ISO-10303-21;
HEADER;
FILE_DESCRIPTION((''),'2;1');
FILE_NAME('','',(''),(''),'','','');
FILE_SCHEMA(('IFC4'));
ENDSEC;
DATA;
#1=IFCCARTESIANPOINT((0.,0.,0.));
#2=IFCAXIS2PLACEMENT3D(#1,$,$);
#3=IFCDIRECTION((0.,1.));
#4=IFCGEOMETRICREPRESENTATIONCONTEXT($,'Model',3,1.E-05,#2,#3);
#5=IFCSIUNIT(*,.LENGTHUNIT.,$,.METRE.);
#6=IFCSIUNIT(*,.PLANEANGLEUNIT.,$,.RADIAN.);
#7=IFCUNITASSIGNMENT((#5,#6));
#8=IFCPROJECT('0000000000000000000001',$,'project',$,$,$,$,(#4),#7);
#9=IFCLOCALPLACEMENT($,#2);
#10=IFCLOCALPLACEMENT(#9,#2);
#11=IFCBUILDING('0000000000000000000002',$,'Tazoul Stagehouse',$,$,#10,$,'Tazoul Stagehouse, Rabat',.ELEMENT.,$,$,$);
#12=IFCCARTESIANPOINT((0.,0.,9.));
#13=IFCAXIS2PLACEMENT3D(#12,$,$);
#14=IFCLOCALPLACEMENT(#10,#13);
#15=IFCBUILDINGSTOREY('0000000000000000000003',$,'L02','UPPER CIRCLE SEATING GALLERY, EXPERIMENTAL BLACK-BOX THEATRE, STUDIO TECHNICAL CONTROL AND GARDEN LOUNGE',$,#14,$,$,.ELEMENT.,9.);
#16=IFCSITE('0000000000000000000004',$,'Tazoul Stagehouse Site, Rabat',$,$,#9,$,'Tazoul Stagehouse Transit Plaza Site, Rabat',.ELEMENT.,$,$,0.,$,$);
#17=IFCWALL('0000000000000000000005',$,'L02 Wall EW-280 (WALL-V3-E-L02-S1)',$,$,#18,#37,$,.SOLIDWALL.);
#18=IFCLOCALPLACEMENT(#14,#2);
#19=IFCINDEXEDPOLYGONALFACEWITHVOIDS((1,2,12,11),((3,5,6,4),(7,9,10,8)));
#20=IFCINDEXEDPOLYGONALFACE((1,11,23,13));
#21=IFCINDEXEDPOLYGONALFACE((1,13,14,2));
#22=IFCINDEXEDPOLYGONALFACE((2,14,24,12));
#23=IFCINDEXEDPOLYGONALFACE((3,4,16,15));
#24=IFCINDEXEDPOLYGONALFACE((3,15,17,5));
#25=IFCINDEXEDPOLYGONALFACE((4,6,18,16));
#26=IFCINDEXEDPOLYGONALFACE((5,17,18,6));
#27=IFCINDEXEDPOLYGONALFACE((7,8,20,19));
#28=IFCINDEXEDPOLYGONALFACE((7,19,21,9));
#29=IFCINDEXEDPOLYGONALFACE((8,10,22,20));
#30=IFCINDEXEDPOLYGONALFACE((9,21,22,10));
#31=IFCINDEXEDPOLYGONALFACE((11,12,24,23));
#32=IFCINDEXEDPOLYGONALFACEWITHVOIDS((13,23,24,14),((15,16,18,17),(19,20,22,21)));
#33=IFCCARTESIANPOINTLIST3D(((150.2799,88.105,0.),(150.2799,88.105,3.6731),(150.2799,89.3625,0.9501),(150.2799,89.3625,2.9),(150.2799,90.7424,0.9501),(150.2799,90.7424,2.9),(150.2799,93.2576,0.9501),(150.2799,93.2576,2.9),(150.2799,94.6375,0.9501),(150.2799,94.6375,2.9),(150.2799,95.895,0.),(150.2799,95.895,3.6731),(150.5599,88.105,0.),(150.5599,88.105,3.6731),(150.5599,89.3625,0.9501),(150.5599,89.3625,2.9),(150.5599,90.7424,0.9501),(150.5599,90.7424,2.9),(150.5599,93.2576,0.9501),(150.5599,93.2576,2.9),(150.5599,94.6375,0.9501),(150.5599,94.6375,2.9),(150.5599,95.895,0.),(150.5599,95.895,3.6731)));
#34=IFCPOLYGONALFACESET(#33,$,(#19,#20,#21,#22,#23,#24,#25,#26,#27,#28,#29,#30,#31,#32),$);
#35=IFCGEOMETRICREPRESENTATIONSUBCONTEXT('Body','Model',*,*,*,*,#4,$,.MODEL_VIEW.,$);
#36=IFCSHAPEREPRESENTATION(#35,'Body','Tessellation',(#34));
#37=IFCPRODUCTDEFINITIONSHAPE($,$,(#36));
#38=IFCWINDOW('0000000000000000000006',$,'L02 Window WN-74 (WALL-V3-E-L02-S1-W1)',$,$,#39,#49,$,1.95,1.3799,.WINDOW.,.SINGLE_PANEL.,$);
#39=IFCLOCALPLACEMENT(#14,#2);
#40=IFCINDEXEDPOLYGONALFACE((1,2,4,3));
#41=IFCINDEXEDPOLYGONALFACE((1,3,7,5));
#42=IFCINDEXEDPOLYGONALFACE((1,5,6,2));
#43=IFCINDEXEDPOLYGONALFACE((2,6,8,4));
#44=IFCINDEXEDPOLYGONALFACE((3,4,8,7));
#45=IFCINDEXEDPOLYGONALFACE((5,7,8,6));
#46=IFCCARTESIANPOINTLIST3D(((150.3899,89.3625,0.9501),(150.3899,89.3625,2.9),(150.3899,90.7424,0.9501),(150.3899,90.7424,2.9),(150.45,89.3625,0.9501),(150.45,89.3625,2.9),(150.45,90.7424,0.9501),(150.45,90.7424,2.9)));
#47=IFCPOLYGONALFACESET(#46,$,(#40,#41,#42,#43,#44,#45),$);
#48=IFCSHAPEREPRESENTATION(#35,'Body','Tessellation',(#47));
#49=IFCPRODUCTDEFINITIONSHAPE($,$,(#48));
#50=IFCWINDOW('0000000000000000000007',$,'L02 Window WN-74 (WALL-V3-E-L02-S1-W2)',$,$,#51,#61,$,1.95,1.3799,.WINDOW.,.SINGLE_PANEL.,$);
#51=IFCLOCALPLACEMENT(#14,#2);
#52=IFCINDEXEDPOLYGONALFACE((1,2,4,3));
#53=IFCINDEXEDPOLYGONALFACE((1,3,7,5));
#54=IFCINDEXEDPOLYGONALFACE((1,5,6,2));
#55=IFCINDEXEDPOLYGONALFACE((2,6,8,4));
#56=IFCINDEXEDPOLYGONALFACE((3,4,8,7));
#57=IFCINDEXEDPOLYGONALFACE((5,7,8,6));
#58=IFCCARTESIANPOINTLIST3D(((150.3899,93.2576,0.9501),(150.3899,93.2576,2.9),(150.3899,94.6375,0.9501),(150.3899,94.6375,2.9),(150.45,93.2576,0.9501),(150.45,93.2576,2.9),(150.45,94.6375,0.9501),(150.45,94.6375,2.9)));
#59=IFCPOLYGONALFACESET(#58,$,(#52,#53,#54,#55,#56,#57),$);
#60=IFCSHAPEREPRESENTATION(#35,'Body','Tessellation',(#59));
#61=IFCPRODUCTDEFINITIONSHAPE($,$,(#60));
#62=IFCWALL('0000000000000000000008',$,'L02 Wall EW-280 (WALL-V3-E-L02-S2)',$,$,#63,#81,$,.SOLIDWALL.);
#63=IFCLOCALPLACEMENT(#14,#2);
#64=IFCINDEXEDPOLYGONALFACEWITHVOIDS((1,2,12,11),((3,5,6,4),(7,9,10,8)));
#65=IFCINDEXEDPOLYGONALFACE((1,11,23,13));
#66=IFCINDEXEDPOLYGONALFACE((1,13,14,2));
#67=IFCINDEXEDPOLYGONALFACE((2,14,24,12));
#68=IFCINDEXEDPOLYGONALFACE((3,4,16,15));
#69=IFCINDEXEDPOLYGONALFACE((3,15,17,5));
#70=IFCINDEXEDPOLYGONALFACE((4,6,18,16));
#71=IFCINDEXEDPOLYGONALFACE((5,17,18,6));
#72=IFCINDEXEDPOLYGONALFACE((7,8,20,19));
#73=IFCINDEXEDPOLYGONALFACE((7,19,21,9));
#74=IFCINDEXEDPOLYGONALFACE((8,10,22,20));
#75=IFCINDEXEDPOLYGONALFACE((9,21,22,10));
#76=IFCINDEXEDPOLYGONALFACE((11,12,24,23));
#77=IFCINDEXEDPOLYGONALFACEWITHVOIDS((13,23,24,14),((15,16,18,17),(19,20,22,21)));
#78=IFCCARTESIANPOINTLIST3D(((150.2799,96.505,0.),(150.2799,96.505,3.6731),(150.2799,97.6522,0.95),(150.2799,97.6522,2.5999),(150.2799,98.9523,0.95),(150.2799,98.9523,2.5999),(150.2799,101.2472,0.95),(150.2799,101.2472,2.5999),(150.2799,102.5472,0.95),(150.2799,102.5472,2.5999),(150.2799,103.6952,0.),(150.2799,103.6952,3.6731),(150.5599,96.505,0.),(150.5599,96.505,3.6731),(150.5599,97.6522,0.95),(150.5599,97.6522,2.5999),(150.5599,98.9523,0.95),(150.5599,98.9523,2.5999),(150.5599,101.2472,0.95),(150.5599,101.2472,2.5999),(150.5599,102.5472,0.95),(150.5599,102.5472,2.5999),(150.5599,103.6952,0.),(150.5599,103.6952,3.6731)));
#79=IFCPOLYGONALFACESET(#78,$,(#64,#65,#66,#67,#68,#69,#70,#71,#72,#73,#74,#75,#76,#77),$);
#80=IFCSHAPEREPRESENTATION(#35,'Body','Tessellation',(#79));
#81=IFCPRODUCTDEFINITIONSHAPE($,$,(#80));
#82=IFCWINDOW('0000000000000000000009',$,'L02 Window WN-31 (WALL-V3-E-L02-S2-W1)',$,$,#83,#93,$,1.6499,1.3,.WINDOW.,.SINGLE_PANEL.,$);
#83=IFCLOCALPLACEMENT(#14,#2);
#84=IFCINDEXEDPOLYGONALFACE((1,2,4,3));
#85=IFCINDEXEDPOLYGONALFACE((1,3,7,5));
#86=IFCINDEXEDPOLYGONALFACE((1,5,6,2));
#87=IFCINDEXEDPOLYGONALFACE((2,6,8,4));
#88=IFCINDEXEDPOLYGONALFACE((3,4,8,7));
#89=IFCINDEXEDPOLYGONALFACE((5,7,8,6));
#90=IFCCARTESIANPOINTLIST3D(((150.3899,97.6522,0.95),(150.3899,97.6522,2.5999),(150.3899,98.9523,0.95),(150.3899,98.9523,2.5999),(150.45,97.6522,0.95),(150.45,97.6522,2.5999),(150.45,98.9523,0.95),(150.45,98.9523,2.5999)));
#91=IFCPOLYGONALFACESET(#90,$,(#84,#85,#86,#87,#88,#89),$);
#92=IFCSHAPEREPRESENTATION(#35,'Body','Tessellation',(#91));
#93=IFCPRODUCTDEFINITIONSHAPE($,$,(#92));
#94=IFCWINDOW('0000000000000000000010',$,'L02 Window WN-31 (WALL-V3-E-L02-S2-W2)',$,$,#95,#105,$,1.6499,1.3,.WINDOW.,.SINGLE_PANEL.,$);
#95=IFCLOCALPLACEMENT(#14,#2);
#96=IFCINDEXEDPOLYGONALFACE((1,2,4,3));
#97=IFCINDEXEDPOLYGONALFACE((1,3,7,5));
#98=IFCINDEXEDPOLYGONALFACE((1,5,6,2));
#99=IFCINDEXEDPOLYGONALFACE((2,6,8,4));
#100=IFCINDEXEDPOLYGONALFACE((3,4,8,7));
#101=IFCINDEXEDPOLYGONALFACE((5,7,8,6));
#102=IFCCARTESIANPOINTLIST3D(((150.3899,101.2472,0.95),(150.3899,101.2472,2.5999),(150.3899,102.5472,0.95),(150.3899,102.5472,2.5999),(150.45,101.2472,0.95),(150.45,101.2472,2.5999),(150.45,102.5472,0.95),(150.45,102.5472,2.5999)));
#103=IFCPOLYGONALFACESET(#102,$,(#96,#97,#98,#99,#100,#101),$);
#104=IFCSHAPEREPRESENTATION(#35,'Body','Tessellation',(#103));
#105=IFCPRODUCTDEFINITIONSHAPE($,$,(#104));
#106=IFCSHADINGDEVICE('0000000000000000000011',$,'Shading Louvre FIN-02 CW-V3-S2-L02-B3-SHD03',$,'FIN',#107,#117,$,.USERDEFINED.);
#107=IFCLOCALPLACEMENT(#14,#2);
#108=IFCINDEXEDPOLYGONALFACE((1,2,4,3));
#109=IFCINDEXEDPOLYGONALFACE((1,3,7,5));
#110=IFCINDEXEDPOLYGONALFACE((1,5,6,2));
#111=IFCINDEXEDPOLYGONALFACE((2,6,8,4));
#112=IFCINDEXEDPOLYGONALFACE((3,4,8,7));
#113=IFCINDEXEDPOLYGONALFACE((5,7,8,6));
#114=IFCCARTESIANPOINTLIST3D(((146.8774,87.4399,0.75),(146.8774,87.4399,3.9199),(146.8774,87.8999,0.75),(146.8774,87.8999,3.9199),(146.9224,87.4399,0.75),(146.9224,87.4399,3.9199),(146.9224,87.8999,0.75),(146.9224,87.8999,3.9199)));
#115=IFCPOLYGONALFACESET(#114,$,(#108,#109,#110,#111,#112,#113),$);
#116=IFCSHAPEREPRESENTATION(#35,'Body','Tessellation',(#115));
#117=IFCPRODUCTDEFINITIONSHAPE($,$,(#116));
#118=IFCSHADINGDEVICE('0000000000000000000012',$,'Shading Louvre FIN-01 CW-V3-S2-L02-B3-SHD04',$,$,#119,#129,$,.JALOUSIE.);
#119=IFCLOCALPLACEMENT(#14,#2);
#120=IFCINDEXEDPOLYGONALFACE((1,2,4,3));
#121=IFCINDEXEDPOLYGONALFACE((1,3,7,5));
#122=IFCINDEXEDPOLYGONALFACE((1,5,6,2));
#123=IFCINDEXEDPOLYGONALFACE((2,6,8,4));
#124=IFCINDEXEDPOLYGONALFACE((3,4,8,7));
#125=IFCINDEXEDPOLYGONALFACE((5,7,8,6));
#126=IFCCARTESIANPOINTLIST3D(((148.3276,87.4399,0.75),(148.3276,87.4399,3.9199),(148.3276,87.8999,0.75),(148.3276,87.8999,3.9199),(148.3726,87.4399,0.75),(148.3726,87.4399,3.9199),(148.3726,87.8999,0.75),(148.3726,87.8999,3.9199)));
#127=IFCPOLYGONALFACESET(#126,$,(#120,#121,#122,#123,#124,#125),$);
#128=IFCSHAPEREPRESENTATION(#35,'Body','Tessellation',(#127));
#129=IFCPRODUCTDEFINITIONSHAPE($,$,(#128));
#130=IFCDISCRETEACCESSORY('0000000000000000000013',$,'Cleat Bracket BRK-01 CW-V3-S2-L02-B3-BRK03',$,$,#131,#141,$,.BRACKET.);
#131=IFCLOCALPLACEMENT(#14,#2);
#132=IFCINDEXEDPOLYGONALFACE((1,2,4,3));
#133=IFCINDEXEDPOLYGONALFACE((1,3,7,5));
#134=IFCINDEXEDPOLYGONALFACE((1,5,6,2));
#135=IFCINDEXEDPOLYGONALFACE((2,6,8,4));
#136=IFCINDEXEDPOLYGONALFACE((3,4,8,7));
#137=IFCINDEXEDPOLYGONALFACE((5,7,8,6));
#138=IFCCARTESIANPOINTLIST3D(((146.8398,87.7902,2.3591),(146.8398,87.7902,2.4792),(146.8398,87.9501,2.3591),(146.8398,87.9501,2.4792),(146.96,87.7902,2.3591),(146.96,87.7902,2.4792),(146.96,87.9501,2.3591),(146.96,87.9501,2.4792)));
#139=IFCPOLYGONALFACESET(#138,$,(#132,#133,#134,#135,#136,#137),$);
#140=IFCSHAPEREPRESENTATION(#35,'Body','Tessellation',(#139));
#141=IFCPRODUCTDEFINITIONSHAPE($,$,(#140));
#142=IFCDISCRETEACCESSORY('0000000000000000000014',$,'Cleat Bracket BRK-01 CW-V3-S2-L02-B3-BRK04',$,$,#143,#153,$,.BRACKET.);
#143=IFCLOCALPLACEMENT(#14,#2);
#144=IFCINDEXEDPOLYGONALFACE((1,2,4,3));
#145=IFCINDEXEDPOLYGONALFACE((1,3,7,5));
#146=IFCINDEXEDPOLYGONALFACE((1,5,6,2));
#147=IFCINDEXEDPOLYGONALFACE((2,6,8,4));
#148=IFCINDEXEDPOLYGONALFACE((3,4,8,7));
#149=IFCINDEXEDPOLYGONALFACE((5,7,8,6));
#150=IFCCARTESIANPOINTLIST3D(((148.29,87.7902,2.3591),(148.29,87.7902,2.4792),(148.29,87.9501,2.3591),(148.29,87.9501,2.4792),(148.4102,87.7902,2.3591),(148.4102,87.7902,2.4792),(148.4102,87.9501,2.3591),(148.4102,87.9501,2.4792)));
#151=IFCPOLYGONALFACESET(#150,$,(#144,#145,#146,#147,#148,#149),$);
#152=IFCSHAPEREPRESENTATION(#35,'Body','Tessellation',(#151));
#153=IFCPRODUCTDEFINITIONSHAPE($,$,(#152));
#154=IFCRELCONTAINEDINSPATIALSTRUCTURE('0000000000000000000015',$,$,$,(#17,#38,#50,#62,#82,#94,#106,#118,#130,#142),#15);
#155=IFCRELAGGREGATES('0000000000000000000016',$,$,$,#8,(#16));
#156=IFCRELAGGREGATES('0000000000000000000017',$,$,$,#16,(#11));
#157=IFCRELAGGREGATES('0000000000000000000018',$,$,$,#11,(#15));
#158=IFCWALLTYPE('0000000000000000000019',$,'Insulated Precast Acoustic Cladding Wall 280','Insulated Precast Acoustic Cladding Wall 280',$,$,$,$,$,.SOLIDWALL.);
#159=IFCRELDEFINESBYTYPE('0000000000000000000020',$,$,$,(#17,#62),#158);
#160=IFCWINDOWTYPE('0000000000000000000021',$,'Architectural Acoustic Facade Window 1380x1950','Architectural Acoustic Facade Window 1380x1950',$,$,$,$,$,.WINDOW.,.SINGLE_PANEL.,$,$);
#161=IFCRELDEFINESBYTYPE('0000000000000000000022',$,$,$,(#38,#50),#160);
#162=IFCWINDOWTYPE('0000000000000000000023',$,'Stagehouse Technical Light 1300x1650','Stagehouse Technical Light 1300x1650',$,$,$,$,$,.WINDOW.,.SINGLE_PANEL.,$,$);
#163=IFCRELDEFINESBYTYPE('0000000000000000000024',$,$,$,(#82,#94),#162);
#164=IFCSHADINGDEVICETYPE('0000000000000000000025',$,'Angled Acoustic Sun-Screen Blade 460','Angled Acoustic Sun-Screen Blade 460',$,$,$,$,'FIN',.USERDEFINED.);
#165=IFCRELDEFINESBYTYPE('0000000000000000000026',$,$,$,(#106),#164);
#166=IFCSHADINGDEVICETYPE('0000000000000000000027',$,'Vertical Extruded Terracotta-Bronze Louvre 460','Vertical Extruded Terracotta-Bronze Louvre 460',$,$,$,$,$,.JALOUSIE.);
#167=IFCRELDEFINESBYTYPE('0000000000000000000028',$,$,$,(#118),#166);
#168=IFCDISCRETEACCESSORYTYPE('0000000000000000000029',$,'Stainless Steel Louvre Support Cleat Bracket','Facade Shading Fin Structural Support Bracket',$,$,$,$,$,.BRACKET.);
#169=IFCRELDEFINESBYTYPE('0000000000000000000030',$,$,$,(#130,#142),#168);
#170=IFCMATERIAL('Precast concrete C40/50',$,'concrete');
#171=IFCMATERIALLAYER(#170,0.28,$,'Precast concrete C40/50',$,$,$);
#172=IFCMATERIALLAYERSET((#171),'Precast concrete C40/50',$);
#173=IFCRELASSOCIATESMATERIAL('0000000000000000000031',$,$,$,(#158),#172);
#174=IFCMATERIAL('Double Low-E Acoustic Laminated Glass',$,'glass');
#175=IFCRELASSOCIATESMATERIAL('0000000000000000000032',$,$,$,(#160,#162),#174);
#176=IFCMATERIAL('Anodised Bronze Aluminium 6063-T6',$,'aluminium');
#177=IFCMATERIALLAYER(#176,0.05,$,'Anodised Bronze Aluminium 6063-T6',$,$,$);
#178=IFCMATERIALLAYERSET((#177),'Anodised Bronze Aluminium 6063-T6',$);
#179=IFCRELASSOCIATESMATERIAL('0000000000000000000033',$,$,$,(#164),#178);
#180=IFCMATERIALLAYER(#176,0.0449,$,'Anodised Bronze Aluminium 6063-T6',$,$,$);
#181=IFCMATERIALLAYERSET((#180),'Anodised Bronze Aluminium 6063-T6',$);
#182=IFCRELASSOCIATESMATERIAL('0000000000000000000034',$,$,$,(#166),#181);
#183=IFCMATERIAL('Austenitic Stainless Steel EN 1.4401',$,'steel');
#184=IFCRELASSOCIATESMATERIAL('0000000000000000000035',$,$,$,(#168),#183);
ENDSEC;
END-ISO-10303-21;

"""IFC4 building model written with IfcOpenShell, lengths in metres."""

from ifc_helpers import new_model, si_unit, direction, frame, frame_2d, origin, origin_2d, place, context, subcontext, project, spatial, rectangle, extrude, material, layer, layer_set, type_object, element, fill, save


model = new_model("IFC4")

# Units and contexts
model_context = context("Model", 3, precision=1e-05, world=origin(), true_north=direction((0.0, 1.0)))
body_context = subcontext(model_context, "Body", "Model", "MODEL_VIEW")
ifc_project = project(units=[si_unit("LENGTHUNIT", "METRE"), si_unit("PLANEANGLEUNIT", "RADIAN")], contexts=[model_context])

# Site, building, storey
site_placement = place(None, origin())
site = spatial("IfcSite", under=ifc_project, at=site_placement, Name="Tazoul Stagehouse Site, Rabat", LongName="Tazoul Stagehouse Transit Plaza Site, Rabat", CompositionType="ELEMENT", RefElevation=0.0)
building_placement = place(site_placement, origin())
building = spatial("IfcBuilding", under=site, at=building_placement, Name="Tazoul Stagehouse", LongName="Tazoul Stagehouse, Rabat", CompositionType="ELEMENT")
storey_placement = place(building_placement, frame((0.0, 0.0, 9.0)))
storey = spatial("IfcBuildingStorey", under=building, at=storey_placement, Name="L02", Description="UPPER CIRCLE SEATING GALLERY, EXPERIMENTAL BLACK-BOX THEATRE, STUDIO TECHNICAL CONTROL AND GARDEN LOUNGE", CompositionType="ELEMENT", Elevation=9.0)

# Shared definitions
ifc_material_1 = material(Name="Anodised Bronze Aluminium 6063-T6", Category="aluminium")

# Walls, openings, windows
ifc_material_2 = material(Name="Precast concrete C40/50", Category="concrete")
ifc_layer_1 = layer(ifc_material_2, 0.28, Name="Precast concrete C40/50")
ifc_layer_set_1 = layer_set([ifc_layer_1], Name="Precast concrete C40/50")
wall_type = type_object("IfcWallType", Name="Insulated Precast Acoustic Cladding Wall 280", Description="Insulated Precast Acoustic Cladding Wall 280", PredefinedType="SOLIDWALL", material=ifc_layer_set_1)
wall_1_placement = place(storey_placement, frame((150.4199, 88.105, 0.0), z_axis=(0.0, 0.0, 1.0), x_axis=(0.0, 1.0, 0.0)))
wall_1 = element("IfcWall", 1, at=wall_1_placement, inside=storey, type_object=wall_type, Name="L02 Wall EW-280 (WALL-V3-E-L02-S1)", PredefinedType="SOLIDWALL", context=body_context, shape_type="SweptSolid", body=[
    extrude(rectangle(XDim=7.79, YDim=0.28, at=frame_2d((3.895, 0.0))), origin(), (0.0, 0.0, 1.0), 3.6731),
])
opening_1_placement = place(wall_1_placement, frame((1.2576, 0.0, 0.95)))
opening_1 = element("IfcOpeningElement", 2, at=opening_1_placement, cuts=wall_1, PredefinedType="OPENING", context=body_context, shape_type="SweptSolid", body=[
    extrude(rectangle(XDim=1.3799, YDim=1.95, at=frame_2d((0.6899, 0.9751))), frame((0.0, 0.1599, 0.0), z_axis=(0.0, -1.0, 0.0), x_axis=(1.0, 0.0, 0.0)), (0.0, 0.0, 1.0), 0.3201),
])
opening_2_placement = place(wall_1_placement, frame((5.1526, 0.0, 0.95)))
opening_2 = element("IfcOpeningElement", 3, at=opening_2_placement, cuts=wall_1, PredefinedType="OPENING", context=body_context, shape_type="SweptSolid", body=[
    extrude(rectangle(XDim=1.3799, YDim=1.95, at=frame_2d((0.6899, 0.9751))), frame((0.0, 0.1599, 0.0), z_axis=(0.0, -1.0, 0.0), x_axis=(1.0, 0.0, 0.0)), (0.0, 0.0, 1.0), 0.3201),
])
ifc_material_3 = material(Name="Double Low-E Acoustic Laminated Glass", Category="glass")
window_type_1 = type_object("IfcWindowType", Name="Architectural Acoustic Facade Window 1380x1950", Description="Architectural Acoustic Facade Window 1380x1950", PartitioningType="SINGLE_PANEL", PredefinedType="WINDOW", material=ifc_material_3)
window_1_placement = place(opening_1_placement, origin())
window_1 = element("IfcWindow", 4, at=window_1_placement, inside=storey, type_object=window_type_1, Name="L02 Window WN-74 (WALL-V3-E-L02-S1-W1)", OverallHeight=1.95, OverallWidth=1.3799, PartitioningType="SINGLE_PANEL", PredefinedType="WINDOW", context=body_context, shape_type="SweptSolid", body=[
    extrude(rectangle(XDim=1.3799, YDim=1.95, at=frame_2d((0.6899, 0.9751))), frame((0.0, 0.03, 0.0), z_axis=(0.0, -1.0, 0.0), x_axis=(1.0, 0.0, 0.0)), (0.0, 0.0, 1.0), 0.0601),
])
fill(opening_1, window_1)
window_2_placement = place(opening_2_placement, origin())
window_2 = element("IfcWindow", 5, at=window_2_placement, inside=storey, type_object=window_type_1, Name="L02 Window WN-74 (WALL-V3-E-L02-S1-W2)", OverallHeight=1.95, OverallWidth=1.3799, PartitioningType="SINGLE_PANEL", PredefinedType="WINDOW", context=body_context, shape_type="SweptSolid", body=[
    extrude(rectangle(XDim=1.3799, YDim=1.95, at=frame_2d((0.6899, 0.9751))), frame((0.0, 0.03, 0.0), z_axis=(0.0, -1.0, 0.0), x_axis=(1.0, 0.0, 0.0)), (0.0, 0.0, 1.0), 0.0601),
])
fill(opening_2, window_2)
wall_2_placement = place(storey_placement, frame((150.4199, 96.5049, 0.0), z_axis=(0.0, 0.0, 1.0), x_axis=(0.0, 1.0, 0.0)))
wall_2 = element("IfcWall", 6, at=wall_2_placement, inside=storey, type_object=wall_type, Name="L02 Wall EW-280 (WALL-V3-E-L02-S2)", PredefinedType="SOLIDWALL", context=body_context, shape_type="SweptSolid", body=[
    extrude(rectangle(XDim=7.1902, YDim=0.28, at=frame_2d((3.5952, 0.0))), origin(), (0.0, 0.0, 1.0), 3.6731),
])
opening_3_placement = place(wall_2_placement, frame((1.1475, 0.0, 0.95)))
opening_3 = element("IfcOpeningElement", 7, at=opening_3_placement, cuts=wall_2, PredefinedType="OPENING", context=body_context, shape_type="SweptSolid", body=[
    extrude(rectangle(XDim=1.3, YDim=1.6499, at=frame_2d((0.6499, 0.825))), frame((0.0, 0.1599, 0.0), z_axis=(0.0, -1.0, 0.0), x_axis=(1.0, 0.0, 0.0)), (0.0, 0.0, 1.0), 0.3201),
])
opening_4_placement = place(wall_2_placement, frame((4.7424, 0.0, 0.95)))
opening_4 = element("IfcOpeningElement", 8, at=opening_4_placement, cuts=wall_2, PredefinedType="OPENING", context=body_context, shape_type="SweptSolid", body=[
    extrude(rectangle(XDim=1.3, YDim=1.6499, at=frame_2d((0.6499, 0.825))), frame((0.0, 0.1599, 0.0), z_axis=(0.0, -1.0, 0.0), x_axis=(1.0, 0.0, 0.0)), (0.0, 0.0, 1.0), 0.3201),
])
window_type_2 = type_object("IfcWindowType", Name="Stagehouse Technical Light 1300x1650", Description="Stagehouse Technical Light 1300x1650", PartitioningType="SINGLE_PANEL", PredefinedType="WINDOW", material=ifc_material_3)
window_3_placement = place(opening_3_placement, origin())
window_3 = element("IfcWindow", 9, at=window_3_placement, inside=storey, type_object=window_type_2, Name="L02 Window WN-31 (WALL-V3-E-L02-S2-W1)", OverallHeight=1.6499, OverallWidth=1.3, PartitioningType="SINGLE_PANEL", PredefinedType="WINDOW", context=body_context, shape_type="SweptSolid", body=[
    extrude(rectangle(XDim=1.3, YDim=1.6499, at=frame_2d((0.6499, 0.825))), frame((0.0, 0.03, 0.0), z_axis=(0.0, -1.0, 0.0), x_axis=(1.0, 0.0, 0.0)), (0.0, 0.0, 1.0), 0.0601),
])
fill(opening_3, window_3)
window_4_placement = place(opening_4_placement, origin())
window_4 = element("IfcWindow", 10, at=window_4_placement, inside=storey, type_object=window_type_2, Name="L02 Window WN-31 (WALL-V3-E-L02-S2-W2)", OverallHeight=1.6499, OverallWidth=1.3, PartitioningType="SINGLE_PANEL", PredefinedType="WINDOW", context=body_context, shape_type="SweptSolid", body=[
    extrude(rectangle(XDim=1.3, YDim=1.6499, at=frame_2d((0.6499, 0.825))), frame((0.0, 0.03, 0.0), z_axis=(0.0, -1.0, 0.0), x_axis=(1.0, 0.0, 0.0)), (0.0, 0.0, 1.0), 0.0601),
])
fill(opening_4, window_4)

# Shading devices
ifc_layer_2 = layer(ifc_material_1, 0.05, Name="Anodised Bronze Aluminium 6063-T6")
ifc_layer_set_2 = layer_set([ifc_layer_2], Name="Anodised Bronze Aluminium 6063-T6")
shading_device_type_1 = type_object("IfcShadingDeviceType", Name="Angled Acoustic Sun-Screen Blade 460", Description="Angled Acoustic Sun-Screen Blade 460", ElementType="FIN", PredefinedType="USERDEFINED", material=ifc_layer_set_2)
shading_device_1_placement = place(storey_placement, frame((146.8999, 87.6699, 0.75), z_axis=(0.0, 0.0, 1.0), x_axis=(1.0, 0.0, 0.0)))
element("IfcShadingDevice", 11, at=shading_device_1_placement, inside=storey, type_object=shading_device_type_1, Name="Shading Louvre FIN-02 CW-V3-S2-L02-B3-SHD03", ObjectType="FIN", PredefinedType="USERDEFINED", context=body_context, shape_type="SweptSolid", body=[
    extrude(rectangle(XDim=0.0449, YDim=0.46, at=origin_2d()), origin(), (0.0, 0.0, 1.0), 3.1699),
])
ifc_layer_3 = layer(ifc_material_1, 0.0449, Name="Anodised Bronze Aluminium 6063-T6")
ifc_layer_set_3 = layer_set([ifc_layer_3], Name="Anodised Bronze Aluminium 6063-T6")
shading_device_type_2 = type_object("IfcShadingDeviceType", Name="Vertical Extruded Terracotta-Bronze Louvre 460", Description="Vertical Extruded Terracotta-Bronze Louvre 460", PredefinedType="JALOUSIE", material=ifc_layer_set_3)
shading_device_2_placement = place(storey_placement, frame((148.3501, 87.6699, 0.75), z_axis=(0.0, 0.0, 1.0), x_axis=(1.0, 0.0, 0.0)))
element("IfcShadingDevice", 12, at=shading_device_2_placement, inside=storey, type_object=shading_device_type_2, Name="Shading Louvre FIN-01 CW-V3-S2-L02-B3-SHD04", PredefinedType="JALOUSIE", context=body_context, shape_type="SweptSolid", body=[
    extrude(rectangle(XDim=0.0449, YDim=0.46, at=origin_2d()), origin(), (0.0, 0.0, 1.0), 3.1699),
])

# Discrete accessories
ifc_material_4 = material(Name="Austenitic Stainless Steel EN 1.4401", Category="steel")
discrete_accessory_type = type_object("IfcDiscreteAccessoryType", Name="Stainless Steel Louvre Support Cleat Bracket", Description="Facade Shading Fin Structural Support Bracket", PredefinedType="BRACKET", material=ifc_material_4)
for number, where, z_axis, x_axis, name in (
    (13, (146.8999, 87.8701, 2.3591), (0.0, 0.0, 1.0), (1.0, 0.0, 0.0), "Cleat Bracket BRK-01 CW-V3-S2-L02-B3-BRK03"),
    (14, (148.3501, 87.8701, 2.3591), (0.0, 0.0, 1.0), (1.0, 0.0, 0.0), "Cleat Bracket BRK-01 CW-V3-S2-L02-B3-BRK04"),
):
    element("IfcDiscreteAccessory", number, at=place(storey_placement, frame(where, z_axis=z_axis, x_axis=x_axis)), inside=storey, type_object=discrete_accessory_type, Name=name, PredefinedType="BRACKET", context=body_context, shape_type="SweptSolid", body=[
        extrude(rectangle(XDim=0.1201, YDim=0.1599, at=origin_2d()), origin(), (0.0, 0.0, 1.0), 0.1201),
    ])

save(model, "model.ifc")
